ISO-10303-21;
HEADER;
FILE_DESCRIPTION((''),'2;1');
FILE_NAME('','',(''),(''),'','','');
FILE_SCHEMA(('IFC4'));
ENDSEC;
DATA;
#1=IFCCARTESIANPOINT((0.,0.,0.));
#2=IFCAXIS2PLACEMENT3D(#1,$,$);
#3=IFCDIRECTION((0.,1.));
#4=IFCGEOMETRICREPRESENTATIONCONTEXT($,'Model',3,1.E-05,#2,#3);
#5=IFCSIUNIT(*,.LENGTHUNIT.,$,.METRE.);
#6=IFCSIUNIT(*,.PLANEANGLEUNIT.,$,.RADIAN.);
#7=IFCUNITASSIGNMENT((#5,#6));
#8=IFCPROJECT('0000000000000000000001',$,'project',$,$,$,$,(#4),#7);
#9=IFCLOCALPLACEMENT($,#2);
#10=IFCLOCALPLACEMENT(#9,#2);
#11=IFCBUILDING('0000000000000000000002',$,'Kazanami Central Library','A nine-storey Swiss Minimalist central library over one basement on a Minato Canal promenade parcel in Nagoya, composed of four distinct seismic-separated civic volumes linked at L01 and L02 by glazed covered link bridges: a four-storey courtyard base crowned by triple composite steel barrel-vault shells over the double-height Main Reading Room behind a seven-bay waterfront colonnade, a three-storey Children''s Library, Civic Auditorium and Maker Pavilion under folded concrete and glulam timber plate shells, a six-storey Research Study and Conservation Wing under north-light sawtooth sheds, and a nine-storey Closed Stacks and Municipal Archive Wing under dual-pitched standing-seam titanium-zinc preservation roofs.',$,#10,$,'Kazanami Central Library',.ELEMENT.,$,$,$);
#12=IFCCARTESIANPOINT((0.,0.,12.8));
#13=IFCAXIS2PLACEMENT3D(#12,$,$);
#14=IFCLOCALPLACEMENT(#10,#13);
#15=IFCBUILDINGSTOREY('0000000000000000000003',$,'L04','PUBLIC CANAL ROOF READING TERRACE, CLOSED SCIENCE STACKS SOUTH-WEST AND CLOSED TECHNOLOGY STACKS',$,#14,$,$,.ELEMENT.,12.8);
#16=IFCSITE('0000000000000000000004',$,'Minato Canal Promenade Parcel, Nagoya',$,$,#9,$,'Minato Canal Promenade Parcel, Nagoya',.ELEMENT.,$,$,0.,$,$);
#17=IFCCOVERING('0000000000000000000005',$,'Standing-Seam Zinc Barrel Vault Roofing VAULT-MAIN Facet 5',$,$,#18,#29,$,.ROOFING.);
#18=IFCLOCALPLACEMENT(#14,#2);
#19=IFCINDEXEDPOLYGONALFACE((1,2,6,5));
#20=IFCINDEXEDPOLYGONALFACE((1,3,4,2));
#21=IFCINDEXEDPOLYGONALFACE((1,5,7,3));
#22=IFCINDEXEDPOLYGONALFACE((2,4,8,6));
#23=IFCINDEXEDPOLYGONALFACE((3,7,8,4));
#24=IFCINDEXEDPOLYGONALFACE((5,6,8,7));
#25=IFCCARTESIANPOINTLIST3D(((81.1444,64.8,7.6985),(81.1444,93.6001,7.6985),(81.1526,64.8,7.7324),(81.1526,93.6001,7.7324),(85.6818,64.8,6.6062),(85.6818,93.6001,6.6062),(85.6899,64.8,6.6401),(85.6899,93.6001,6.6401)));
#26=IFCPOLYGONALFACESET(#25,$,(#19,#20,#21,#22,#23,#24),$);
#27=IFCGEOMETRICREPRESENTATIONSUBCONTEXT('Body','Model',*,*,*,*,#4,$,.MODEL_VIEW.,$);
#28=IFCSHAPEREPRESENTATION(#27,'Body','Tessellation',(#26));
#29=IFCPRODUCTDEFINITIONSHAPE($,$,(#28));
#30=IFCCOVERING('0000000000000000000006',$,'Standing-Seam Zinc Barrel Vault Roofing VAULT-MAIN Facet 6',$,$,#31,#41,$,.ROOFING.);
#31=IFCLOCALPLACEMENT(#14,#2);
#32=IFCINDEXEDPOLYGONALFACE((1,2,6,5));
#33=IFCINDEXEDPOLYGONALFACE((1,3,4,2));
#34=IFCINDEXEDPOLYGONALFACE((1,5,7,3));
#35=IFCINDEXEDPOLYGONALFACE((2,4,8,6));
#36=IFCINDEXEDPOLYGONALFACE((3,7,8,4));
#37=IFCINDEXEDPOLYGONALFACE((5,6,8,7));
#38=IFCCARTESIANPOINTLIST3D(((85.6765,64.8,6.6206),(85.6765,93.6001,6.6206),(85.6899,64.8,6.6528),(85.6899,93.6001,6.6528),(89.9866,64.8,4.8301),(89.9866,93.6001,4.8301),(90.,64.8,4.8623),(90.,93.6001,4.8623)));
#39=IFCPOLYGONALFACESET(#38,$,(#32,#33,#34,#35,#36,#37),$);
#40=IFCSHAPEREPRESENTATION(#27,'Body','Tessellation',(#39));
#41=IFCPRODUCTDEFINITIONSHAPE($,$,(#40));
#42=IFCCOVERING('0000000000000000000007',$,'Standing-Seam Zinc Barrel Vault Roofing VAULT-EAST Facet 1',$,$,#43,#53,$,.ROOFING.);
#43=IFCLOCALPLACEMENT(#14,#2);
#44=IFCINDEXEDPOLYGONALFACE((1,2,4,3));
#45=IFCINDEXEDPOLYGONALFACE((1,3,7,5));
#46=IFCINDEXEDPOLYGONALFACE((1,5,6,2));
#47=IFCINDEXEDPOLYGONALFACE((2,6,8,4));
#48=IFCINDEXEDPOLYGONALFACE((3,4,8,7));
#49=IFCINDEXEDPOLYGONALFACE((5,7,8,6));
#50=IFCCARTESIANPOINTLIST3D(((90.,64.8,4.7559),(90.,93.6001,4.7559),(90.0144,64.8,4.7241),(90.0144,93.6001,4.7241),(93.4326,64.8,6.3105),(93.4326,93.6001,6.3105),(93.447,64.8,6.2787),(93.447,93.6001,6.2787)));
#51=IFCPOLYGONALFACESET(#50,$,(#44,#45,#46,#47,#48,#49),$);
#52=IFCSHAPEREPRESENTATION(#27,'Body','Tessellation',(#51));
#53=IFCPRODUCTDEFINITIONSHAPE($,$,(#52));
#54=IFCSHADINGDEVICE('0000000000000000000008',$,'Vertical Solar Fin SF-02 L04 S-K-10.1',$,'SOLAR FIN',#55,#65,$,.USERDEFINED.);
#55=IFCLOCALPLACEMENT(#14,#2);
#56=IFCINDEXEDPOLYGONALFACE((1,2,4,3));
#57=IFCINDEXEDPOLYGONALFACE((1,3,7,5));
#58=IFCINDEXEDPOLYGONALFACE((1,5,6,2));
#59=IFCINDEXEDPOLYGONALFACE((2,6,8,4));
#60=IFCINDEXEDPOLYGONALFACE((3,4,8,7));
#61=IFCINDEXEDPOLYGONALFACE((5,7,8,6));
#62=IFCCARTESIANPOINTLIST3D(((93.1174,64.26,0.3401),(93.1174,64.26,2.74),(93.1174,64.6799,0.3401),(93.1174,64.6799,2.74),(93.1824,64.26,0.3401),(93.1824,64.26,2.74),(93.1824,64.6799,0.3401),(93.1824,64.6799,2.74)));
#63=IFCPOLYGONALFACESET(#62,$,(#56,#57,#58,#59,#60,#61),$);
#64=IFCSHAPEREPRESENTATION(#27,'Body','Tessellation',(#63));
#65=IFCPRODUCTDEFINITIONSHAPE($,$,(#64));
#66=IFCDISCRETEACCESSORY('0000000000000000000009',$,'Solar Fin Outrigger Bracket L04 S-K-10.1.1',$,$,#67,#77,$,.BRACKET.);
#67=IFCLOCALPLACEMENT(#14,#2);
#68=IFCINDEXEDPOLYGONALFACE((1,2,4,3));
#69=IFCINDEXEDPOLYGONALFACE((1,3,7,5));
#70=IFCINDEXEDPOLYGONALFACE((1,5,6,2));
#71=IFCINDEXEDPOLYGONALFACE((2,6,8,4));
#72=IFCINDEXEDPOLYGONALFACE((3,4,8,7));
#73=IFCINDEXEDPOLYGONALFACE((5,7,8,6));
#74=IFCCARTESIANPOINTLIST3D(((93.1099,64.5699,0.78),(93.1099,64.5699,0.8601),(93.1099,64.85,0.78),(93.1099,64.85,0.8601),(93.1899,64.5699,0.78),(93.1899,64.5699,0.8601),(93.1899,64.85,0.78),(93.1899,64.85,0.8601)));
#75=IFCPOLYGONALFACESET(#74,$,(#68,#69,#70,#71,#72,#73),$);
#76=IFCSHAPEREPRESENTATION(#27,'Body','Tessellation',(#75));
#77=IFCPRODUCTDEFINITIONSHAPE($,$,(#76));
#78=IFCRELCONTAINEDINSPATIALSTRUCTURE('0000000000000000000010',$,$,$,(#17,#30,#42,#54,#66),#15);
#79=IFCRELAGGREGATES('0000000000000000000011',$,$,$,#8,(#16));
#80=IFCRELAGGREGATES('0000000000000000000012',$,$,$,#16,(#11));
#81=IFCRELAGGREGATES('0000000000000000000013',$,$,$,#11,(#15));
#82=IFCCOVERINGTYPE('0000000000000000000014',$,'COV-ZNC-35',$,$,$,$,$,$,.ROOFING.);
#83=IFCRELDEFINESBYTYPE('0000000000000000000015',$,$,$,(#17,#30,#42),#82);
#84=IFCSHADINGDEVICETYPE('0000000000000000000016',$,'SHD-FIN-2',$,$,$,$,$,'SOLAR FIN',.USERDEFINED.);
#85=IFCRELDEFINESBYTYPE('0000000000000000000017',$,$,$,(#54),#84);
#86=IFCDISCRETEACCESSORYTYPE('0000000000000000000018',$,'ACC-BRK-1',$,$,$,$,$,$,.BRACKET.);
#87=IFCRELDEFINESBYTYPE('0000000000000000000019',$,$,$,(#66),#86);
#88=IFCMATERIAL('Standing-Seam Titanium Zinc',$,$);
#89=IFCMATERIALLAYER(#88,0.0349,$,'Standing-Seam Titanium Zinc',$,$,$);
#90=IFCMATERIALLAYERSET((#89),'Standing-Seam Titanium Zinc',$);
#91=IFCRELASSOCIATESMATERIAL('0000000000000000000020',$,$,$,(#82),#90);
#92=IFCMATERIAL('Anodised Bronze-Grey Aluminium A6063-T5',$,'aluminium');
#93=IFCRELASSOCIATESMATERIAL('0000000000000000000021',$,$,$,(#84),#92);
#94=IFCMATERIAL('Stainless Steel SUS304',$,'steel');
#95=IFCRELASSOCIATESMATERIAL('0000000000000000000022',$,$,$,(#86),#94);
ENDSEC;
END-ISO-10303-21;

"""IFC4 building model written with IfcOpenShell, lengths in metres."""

from ifc_helpers import new_model, si_unit, direction, frame, origin, origin_2d, place, context, subcontext, project, spatial, polyline, rectangle, outline, extrude, material, layer, layer_set, type_object, element, save


model = new_model("IFC4")

# Units and contexts
model_context = context("Model", 3, precision=1e-05, world=origin(), true_north=direction((0.0, 1.0)))
body_context = subcontext(model_context, "Body", "Model", "MODEL_VIEW")
ifc_project = project(units=[si_unit("LENGTHUNIT", "METRE"), si_unit("PLANEANGLEUNIT", "RADIAN")], contexts=[model_context])

# Site, building, storey
site_placement = place(None, origin())
site = spatial("IfcSite", under=ifc_project, at=site_placement, Name="Minato Canal Promenade Parcel, Nagoya", LongName="Minato Canal Promenade Parcel, Nagoya", CompositionType="ELEMENT", RefElevation=0.0)
building_placement = place(site_placement, origin())
building = spatial("IfcBuilding", under=site, at=building_placement, Name="Kazanami Central Library", Description="A nine-storey Swiss Minimalist central library over one basement on a Minato Canal promenade parcel in Nagoya, composed of four distinct seismic-separated civic volumes linked at L01 and L02 by glazed covered link bridges: a four-storey courtyard base crowned by triple composite steel barrel-vault shells over the double-height Main Reading Room behind a seven-bay waterfront colonnade, a three-storey Children's Library, Civic Auditorium and Maker Pavilion under folded concrete and glulam timber plate shells, a six-storey Research Study and Conservation Wing under north-light sawtooth sheds, and a nine-storey Closed Stacks and Municipal Archive Wing under dual-pitched standing-seam titanium-zinc preservation roofs.", LongName="Kazanami Central Library", CompositionType="ELEMENT")
storey_placement = place(building_placement, frame((0.0, 0.0, 12.8)))
storey = spatial("IfcBuildingStorey", under=building, at=storey_placement, Name="L04", Description="PUBLIC CANAL ROOF READING TERRACE, CLOSED SCIENCE STACKS SOUTH-WEST AND CLOSED TECHNOLOGY STACKS", CompositionType="ELEMENT", Elevation=12.8)

# Shared definitions
ifc_material_1 = material(Name="Standing-Seam Titanium Zinc")

# Coverings
ifc_layer_1 = layer(ifc_material_1, 0.0349, Name="Standing-Seam Titanium Zinc")
ifc_layer_set_1 = layer_set([ifc_layer_1], Name="Standing-Seam Titanium Zinc")
covering_type = type_object("IfcCoveringType", Name="COV-ZNC-35", PredefinedType="ROOFING", material=ifc_layer_set_1)
covering_1_placement = place(storey_placement, frame((81.1526, 64.8, 7.7324), z_axis=(0.234046, 0.0, 0.972226), x_axis=(0.972226, 0.0, -0.234046)))
element("IfcCovering", 1, at=covering_1_placement, inside=storey, type_object=covering_type, Name="Standing-Seam Zinc Barrel Vault Roofing VAULT-MAIN Facet 5", PredefinedType="ROOFING", context=body_context, shape_type="SweptSolid", body=[
    extrude(outline(polyline([(0.0, 0.0), (4.667, 0.0), (4.667, 28.8), (0.0, 28.8), (0.0, 0.0)])), origin(), (0.0, 0.0, -1.0), 0.0349),
])
covering_2_placement = place(storey_placement, frame((85.6899, 64.8, 6.6528), z_axis=(0.383642, 0.0, 0.923482), x_axis=(0.923482, 0.0, -0.383642)))
element("IfcCovering", 2, at=covering_2_placement, inside=storey, type_object=covering_type, Name="Standing-Seam Zinc Barrel Vault Roofing VAULT-MAIN Facet 6", PredefinedType="ROOFING", context=body_context, shape_type="SweptSolid", body=[
    extrude(outline(polyline([(0.0, 0.0), (4.6672, 0.0), (4.6672, 28.8), (0.0, 28.8), (0.0, 0.0)])), origin(), (0.0, 0.0, -1.0), 0.0349),
])
covering_3_placement = place(storey_placement, frame((90.0, 64.8, 4.7559), z_axis=(-0.412572, 0.0, 0.910925), x_axis=(0.910925, 0.0, 0.412572)))
element("IfcCovering", 3, at=covering_3_placement, inside=storey, type_object=covering_type, Name="Standing-Seam Zinc Barrel Vault Roofing VAULT-EAST Facet 1", PredefinedType="ROOFING", context=body_context, shape_type="SweptSolid", body=[
    extrude(outline(polyline([(0.0, 0.0), (3.7683, 0.0), (3.7683, 28.8), (0.0, 28.8), (0.0, 0.0)])), origin(), (0.0, 0.0, -1.0), 0.0349),
])

# Shading device
ifc_material_2 = material(Name="Anodised Bronze-Grey Aluminium A6063-T5", Category="aluminium")
shading_device_type = type_object("IfcShadingDeviceType", Name="SHD-FIN-2", ElementType="SOLAR FIN", PredefinedType="USERDEFINED", material=ifc_material_2)
shading_device_placement = place(storey_placement, frame((93.1499, 64.47, 0.3401), z_axis=(0.0, 0.0, 1.0), x_axis=(1.0, 0.0, 0.0)))
element("IfcShadingDevice", 4, at=shading_device_placement, inside=storey, type_object=shading_device_type, Name="Vertical Solar Fin SF-02 L04 S-K-10.1", ObjectType="SOLAR FIN", PredefinedType="USERDEFINED", context=body_context, shape_type="SweptSolid", body=[
    extrude(rectangle(XDim=0.0649, YDim=0.4199, at=origin_2d()), origin(), (0.0, 0.0, 1.0), 2.3999),
])

# Discrete accessory
ifc_material_3 = material(Name="Stainless Steel SUS304", Category="steel")
discrete_accessory_type = type_object("IfcDiscreteAccessoryType", Name="ACC-BRK-1", PredefinedType="BRACKET", material=ifc_material_3)
discrete_accessory_placement = place(storey_placement, frame((93.1499, 64.71, 0.78), z_axis=(0.0, 0.0, 1.0), x_axis=(1.0, 0.0, 0.0)))
element("IfcDiscreteAccessory", 5, at=discrete_accessory_placement, inside=storey, type_object=discrete_accessory_type, Name="Solar Fin Outrigger Bracket L04 S-K-10.1.1", PredefinedType="BRACKET", context=body_context, shape_type="SweptSolid", body=[
    extrude(rectangle(XDim=0.0801, YDim=0.28, at=origin_2d()), origin(), (0.0, 0.0, 1.0), 0.0801),
])

save(model, "model.ifc")
